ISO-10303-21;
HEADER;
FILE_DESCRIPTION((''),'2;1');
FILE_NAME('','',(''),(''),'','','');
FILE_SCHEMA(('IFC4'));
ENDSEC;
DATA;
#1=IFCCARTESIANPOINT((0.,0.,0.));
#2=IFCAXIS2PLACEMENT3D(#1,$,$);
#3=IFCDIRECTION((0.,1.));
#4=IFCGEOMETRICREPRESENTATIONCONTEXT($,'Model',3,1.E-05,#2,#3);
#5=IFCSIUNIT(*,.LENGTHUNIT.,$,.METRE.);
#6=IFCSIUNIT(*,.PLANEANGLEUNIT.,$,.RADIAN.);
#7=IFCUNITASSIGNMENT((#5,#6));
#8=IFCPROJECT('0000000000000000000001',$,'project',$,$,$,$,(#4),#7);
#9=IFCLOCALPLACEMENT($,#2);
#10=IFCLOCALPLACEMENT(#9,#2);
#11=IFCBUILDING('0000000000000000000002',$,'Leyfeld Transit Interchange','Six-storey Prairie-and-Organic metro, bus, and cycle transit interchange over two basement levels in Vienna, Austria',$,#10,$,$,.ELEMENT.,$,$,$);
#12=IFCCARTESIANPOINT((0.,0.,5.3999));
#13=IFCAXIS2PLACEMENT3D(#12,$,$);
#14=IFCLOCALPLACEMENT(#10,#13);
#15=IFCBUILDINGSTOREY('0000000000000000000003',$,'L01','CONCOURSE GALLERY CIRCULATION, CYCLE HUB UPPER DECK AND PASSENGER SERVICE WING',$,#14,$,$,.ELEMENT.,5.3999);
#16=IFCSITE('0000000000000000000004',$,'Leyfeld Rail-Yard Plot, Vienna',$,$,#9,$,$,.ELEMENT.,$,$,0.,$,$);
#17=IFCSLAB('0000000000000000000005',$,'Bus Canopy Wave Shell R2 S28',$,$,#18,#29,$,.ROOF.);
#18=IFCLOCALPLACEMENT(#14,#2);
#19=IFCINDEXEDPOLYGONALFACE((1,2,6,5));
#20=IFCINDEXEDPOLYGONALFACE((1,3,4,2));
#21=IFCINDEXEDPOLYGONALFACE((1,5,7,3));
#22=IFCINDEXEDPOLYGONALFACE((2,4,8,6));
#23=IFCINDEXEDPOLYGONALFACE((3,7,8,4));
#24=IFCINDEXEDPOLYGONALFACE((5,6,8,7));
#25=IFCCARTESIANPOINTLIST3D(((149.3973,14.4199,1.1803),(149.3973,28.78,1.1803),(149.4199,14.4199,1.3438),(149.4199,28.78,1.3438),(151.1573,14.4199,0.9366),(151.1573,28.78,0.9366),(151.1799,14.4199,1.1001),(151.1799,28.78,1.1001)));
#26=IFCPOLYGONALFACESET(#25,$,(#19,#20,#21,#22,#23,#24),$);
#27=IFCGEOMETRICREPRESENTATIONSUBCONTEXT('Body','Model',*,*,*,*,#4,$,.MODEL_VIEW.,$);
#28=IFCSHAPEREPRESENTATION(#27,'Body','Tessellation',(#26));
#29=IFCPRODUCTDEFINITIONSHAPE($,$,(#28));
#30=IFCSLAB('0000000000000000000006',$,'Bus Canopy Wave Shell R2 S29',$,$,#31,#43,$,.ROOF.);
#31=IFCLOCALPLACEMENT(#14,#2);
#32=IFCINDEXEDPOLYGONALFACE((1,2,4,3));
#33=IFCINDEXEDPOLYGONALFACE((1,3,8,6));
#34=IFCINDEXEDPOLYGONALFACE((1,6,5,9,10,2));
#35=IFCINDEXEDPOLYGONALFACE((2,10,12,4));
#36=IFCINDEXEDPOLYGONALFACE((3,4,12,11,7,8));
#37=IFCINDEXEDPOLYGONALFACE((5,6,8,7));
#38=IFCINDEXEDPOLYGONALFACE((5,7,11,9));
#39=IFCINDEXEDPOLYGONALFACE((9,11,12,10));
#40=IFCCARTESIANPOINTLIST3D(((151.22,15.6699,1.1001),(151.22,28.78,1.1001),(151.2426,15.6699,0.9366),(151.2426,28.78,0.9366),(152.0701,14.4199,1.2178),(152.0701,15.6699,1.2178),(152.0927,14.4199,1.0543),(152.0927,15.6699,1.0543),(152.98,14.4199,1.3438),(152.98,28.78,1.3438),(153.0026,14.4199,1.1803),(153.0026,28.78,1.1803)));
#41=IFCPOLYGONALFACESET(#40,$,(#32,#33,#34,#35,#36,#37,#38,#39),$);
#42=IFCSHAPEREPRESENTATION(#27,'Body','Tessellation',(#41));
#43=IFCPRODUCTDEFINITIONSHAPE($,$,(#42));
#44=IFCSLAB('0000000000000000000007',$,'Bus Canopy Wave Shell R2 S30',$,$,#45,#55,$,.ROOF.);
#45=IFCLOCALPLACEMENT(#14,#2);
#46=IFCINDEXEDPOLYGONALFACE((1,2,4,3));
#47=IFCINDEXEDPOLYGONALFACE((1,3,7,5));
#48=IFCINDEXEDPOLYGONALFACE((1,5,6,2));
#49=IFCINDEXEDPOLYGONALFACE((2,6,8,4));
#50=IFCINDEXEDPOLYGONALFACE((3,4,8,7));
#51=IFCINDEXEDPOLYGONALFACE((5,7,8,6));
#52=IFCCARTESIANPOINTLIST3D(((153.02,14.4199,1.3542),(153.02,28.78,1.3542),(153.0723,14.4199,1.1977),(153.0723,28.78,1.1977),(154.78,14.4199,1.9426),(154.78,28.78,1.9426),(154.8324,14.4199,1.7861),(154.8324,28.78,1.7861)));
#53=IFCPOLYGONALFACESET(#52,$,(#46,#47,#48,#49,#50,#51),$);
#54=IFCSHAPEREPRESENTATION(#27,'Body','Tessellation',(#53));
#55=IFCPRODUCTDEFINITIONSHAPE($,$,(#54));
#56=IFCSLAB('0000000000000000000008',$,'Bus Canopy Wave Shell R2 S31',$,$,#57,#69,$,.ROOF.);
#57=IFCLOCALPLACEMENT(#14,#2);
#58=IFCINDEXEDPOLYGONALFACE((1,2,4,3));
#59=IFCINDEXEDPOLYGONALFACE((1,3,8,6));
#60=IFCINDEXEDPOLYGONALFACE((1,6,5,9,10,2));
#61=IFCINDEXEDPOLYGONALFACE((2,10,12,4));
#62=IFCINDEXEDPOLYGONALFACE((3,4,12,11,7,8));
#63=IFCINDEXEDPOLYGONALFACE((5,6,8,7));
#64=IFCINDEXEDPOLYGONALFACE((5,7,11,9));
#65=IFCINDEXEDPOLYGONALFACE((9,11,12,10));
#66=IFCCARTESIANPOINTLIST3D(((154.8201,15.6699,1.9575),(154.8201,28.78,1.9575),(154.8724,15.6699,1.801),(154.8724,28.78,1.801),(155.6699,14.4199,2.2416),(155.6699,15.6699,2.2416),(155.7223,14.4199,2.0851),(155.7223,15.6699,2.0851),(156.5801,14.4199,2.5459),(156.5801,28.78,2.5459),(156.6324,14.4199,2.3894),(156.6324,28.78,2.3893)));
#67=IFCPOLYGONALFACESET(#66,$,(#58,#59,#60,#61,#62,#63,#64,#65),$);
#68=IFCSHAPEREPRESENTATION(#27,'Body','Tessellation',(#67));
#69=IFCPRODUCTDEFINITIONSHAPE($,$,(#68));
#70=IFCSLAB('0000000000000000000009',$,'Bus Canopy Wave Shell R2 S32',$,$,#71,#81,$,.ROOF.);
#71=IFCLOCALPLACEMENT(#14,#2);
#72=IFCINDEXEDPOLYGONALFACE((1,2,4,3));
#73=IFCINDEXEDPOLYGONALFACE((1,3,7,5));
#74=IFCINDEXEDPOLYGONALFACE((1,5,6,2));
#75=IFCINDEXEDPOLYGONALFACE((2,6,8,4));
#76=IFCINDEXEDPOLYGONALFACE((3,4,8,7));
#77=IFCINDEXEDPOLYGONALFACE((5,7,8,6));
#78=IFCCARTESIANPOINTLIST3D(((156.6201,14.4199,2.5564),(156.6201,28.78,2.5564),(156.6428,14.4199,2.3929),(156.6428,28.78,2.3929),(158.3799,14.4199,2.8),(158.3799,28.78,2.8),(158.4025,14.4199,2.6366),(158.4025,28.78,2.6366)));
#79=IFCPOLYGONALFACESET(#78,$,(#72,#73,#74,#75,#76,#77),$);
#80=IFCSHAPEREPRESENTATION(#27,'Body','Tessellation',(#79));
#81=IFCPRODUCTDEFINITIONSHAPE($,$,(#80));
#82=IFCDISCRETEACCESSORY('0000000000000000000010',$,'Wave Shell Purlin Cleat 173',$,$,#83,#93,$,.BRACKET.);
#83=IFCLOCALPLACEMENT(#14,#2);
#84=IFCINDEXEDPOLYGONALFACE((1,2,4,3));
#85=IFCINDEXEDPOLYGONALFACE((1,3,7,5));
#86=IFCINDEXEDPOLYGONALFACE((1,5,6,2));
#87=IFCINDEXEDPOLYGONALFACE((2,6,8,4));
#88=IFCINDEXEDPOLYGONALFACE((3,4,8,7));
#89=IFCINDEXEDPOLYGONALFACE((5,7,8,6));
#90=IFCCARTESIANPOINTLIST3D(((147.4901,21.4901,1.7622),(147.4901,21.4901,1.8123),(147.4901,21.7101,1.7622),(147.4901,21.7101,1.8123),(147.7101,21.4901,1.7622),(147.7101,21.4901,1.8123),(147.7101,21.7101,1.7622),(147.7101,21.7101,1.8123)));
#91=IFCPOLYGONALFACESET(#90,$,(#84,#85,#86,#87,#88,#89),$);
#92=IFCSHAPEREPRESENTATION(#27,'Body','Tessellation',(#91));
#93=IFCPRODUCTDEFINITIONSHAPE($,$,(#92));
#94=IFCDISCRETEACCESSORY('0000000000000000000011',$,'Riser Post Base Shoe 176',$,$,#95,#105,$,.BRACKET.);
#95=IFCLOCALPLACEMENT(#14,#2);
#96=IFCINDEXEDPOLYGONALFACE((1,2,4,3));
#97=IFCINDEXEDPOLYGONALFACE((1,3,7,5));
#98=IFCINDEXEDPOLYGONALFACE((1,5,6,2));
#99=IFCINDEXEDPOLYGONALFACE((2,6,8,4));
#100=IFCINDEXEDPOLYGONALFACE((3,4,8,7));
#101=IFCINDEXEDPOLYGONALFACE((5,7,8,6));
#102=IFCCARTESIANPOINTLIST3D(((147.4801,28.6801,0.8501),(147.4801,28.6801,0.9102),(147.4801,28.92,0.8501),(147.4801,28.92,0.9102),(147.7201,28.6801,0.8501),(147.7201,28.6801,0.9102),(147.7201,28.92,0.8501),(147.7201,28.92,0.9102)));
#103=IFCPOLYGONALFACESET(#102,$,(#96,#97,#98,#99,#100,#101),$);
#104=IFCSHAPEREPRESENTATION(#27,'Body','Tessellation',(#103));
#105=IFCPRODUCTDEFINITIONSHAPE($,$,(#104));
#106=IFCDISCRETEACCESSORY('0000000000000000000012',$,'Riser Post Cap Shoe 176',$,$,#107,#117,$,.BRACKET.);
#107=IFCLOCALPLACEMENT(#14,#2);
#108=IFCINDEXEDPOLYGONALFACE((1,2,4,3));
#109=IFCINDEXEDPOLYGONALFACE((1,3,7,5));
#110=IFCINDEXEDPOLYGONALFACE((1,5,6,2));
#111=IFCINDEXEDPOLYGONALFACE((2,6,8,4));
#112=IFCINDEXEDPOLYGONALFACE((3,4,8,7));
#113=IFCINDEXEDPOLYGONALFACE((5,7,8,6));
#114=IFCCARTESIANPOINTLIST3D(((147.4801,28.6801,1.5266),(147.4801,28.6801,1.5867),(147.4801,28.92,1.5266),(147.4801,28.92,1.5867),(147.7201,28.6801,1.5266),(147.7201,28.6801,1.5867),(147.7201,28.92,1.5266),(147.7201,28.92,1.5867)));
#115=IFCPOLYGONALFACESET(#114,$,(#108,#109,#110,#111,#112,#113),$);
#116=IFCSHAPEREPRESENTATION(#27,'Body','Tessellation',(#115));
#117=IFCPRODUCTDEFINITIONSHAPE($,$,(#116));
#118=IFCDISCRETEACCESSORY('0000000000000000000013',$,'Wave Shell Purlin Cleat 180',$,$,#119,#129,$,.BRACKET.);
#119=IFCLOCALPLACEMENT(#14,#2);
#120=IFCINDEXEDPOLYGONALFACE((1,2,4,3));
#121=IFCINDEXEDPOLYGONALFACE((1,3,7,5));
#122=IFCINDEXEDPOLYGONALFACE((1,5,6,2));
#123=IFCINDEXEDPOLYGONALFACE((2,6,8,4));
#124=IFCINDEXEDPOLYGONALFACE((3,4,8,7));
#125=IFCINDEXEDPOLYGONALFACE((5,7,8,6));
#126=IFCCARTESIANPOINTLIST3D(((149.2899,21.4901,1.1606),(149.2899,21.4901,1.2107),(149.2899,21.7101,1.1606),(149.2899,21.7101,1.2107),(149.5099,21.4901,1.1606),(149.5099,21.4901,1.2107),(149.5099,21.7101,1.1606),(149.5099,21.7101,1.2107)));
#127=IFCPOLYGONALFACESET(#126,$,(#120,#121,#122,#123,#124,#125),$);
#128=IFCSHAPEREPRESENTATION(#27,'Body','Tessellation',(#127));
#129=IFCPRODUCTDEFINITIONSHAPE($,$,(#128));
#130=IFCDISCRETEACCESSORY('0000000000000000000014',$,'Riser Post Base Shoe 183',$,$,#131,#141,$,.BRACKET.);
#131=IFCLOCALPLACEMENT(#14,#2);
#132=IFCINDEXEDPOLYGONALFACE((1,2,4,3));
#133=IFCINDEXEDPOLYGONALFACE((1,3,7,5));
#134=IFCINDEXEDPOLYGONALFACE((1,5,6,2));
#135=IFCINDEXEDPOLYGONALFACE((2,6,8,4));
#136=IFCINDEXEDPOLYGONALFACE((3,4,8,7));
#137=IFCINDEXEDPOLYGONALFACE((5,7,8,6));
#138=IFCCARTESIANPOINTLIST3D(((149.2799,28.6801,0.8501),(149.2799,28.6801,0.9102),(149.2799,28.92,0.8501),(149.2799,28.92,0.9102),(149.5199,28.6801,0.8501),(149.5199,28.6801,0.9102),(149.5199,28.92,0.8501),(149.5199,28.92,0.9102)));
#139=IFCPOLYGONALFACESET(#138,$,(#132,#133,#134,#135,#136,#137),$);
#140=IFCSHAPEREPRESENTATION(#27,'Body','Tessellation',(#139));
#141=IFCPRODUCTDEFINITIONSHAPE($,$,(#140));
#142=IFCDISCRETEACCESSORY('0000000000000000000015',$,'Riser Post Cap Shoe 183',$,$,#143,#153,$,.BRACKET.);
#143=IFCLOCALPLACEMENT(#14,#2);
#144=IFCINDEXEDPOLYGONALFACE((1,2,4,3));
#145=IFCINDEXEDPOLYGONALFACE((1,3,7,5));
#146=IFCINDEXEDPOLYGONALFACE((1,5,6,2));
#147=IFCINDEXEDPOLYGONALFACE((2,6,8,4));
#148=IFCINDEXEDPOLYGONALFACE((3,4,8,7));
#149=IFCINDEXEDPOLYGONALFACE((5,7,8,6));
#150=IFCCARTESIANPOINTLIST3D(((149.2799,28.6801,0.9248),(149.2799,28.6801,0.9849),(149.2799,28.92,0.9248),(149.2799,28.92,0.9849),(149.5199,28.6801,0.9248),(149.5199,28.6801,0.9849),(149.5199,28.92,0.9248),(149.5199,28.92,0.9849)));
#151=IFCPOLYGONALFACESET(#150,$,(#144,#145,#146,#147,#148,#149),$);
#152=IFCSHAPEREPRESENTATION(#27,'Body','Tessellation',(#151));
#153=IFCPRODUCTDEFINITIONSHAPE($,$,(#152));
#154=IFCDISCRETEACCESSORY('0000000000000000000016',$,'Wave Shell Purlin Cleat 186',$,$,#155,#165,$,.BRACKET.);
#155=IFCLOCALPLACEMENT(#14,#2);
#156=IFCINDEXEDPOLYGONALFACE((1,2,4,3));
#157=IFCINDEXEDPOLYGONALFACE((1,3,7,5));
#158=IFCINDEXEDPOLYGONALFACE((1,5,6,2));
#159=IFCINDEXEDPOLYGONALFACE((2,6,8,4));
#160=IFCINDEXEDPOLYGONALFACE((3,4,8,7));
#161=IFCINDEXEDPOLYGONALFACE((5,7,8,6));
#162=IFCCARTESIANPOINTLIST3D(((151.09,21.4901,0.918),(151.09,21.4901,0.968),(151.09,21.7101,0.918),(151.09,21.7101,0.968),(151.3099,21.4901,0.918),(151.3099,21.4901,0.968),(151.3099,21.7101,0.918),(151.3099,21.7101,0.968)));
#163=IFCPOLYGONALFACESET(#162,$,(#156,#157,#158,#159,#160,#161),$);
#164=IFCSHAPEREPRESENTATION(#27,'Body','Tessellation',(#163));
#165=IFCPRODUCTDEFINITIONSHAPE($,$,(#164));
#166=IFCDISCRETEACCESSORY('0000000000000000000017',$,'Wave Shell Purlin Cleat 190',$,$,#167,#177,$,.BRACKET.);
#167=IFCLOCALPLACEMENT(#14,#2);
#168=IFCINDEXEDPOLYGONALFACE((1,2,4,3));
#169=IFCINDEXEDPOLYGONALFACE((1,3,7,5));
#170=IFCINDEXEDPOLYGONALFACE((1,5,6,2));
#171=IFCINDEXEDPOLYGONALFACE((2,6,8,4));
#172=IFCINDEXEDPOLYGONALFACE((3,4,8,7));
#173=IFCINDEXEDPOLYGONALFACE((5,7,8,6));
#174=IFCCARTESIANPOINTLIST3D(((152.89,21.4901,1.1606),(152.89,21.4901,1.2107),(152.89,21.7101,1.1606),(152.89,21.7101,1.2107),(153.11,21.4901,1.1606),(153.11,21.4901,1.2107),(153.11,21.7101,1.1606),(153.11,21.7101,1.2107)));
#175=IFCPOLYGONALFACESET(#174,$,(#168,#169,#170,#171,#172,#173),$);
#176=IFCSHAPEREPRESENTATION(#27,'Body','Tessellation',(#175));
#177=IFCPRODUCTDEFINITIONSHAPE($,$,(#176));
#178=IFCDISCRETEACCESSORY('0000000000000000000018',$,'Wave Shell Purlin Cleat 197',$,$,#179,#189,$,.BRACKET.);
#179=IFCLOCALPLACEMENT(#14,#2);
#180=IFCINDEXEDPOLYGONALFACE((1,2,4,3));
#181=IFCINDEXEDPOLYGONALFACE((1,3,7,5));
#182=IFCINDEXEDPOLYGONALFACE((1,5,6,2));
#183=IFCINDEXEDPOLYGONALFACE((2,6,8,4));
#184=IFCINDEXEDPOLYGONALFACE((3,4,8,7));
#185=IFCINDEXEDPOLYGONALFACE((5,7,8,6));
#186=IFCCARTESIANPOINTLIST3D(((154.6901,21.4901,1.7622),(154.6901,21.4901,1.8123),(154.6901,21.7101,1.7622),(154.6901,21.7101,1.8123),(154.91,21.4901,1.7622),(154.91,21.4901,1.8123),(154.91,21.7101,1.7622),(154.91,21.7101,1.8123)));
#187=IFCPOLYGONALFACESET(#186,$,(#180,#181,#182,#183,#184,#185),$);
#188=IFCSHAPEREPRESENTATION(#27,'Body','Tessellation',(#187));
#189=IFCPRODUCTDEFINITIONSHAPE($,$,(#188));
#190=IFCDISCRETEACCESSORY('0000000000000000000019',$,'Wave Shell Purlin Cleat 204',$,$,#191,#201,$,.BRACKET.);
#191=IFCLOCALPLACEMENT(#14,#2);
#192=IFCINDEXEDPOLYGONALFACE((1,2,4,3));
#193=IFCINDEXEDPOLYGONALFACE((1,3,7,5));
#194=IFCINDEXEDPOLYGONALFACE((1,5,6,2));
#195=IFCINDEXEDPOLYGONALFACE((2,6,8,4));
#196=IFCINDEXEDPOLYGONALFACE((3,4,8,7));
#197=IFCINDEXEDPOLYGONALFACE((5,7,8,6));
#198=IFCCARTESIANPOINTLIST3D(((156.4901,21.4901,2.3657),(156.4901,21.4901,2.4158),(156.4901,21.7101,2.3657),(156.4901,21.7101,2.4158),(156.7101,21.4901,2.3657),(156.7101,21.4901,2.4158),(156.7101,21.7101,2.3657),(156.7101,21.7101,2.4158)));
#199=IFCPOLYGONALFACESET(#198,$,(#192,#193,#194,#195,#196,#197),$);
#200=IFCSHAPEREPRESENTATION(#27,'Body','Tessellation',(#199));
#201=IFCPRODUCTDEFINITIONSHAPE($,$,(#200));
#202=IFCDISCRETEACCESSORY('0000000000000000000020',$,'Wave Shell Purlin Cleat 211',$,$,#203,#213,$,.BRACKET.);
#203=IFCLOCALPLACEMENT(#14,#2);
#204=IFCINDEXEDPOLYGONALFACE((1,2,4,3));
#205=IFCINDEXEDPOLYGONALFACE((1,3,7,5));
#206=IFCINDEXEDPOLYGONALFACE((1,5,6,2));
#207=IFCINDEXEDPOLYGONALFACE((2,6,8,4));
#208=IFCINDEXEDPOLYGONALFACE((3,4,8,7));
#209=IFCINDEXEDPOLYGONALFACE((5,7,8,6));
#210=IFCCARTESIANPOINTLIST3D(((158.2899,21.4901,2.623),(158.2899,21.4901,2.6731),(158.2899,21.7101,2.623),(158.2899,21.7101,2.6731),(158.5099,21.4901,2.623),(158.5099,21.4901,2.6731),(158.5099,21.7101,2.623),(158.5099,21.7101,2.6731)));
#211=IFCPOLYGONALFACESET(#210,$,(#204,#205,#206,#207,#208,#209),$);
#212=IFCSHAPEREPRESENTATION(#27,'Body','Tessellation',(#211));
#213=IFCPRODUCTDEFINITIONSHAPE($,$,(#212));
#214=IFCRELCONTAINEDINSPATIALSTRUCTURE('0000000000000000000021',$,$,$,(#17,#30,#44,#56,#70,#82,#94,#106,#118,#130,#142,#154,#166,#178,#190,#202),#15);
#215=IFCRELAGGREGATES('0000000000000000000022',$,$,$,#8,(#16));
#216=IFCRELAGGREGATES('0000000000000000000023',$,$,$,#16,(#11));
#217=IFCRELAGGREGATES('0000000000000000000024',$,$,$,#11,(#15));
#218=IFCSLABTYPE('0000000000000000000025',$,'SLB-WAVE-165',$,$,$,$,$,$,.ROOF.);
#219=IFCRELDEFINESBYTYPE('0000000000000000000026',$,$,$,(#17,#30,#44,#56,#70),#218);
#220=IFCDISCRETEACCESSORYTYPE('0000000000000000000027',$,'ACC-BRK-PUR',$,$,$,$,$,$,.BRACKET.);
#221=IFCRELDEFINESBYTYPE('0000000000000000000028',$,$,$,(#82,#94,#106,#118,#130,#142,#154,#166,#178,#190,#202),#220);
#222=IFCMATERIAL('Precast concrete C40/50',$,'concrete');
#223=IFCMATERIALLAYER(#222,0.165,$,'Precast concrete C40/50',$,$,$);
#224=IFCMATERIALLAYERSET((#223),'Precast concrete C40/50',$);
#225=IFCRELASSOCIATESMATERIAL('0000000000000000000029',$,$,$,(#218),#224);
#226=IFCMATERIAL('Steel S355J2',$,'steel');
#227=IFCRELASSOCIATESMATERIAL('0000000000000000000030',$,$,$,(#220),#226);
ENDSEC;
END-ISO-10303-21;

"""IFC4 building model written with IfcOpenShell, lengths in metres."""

from ifc_helpers import new_model, si_unit, direction, frame, origin, origin_2d, place, context, subcontext, project, spatial, polyline, rectangle, outline, extrude, material, layer, layer_set, type_object, element, save


model = new_model("IFC4")

# Units and contexts
model_context = context("Model", 3, precision=1e-05, world=origin(), true_north=direction((0.0, 1.0)))
body_context = subcontext(model_context, "Body", "Model", "MODEL_VIEW")
ifc_project = project(units=[si_unit("LENGTHUNIT", "METRE"), si_unit("PLANEANGLEUNIT", "RADIAN")], contexts=[model_context])

# Site, building, storey
site_placement = place(None, origin())
site = spatial("IfcSite", under=ifc_project, at=site_placement, Name="Leyfeld Rail-Yard Plot, Vienna", CompositionType="ELEMENT", RefElevation=0.0)
building_placement = place(site_placement, origin())
building = spatial("IfcBuilding", under=site, at=building_placement, Name="Leyfeld Transit Interchange", Description="Six-storey Prairie-and-Organic metro, bus, and cycle transit interchange over two basement levels in Vienna, Austria", CompositionType="ELEMENT")
storey_placement = place(building_placement, frame((0.0, 0.0, 5.3999)))
storey = spatial("IfcBuildingStorey", under=building, at=storey_placement, Name="L01", Description="CONCOURSE GALLERY CIRCULATION, CYCLE HUB UPPER DECK AND PASSENGER SERVICE WING", CompositionType="ELEMENT", Elevation=5.3999)

# Shared definitions
ifc_material_1 = material(Name="Steel S355J2", Category="steel")

# Slabs
ifc_material_2 = material(Name="Precast concrete C40/50", Category="concrete")
ifc_layer = layer(ifc_material_2, 0.165, Name="Precast concrete C40/50")
ifc_layer_set = layer_set([ifc_layer], Name="Precast concrete C40/50")
slab_type = type_object("IfcSlabType", Name="SLB-WAVE-165", PredefinedType="ROOF", material=ifc_layer_set)
slab_1_placement = place(storey_placement, frame((149.4199, 14.4199, 1.3438), z_axis=(0.13713, 0.0, 0.990553), x_axis=(0.990553, 0.0, -0.13713)))
element("IfcSlab", 1, at=slab_1_placement, inside=storey, type_object=slab_type, Name="Bus Canopy Wave Shell R2 S28", PredefinedType="ROOF", context=body_context, shape_type="SweptSolid", body=[
    extrude(outline(polyline([(0.0, 0.0), (1.7768, 0.0), (1.7768, 14.3601), (0.0, 14.3601), (0.0, 0.0)])), origin(), (0.0, 0.0, -1.0), 0.165),
])
slab_2_placement = place(storey_placement, frame((151.22, 15.6699, 1.1001), z_axis=(-0.137131, 0.0, 0.990553), x_axis=(0.990553, 0.0, 0.137131)))
element("IfcSlab", 2, at=slab_2_placement, inside=storey, type_object=slab_type, Name="Bus Canopy Wave Shell R2 S29", PredefinedType="ROOF", context=body_context, shape_type="SweptSolid", body=[
    extrude(outline(polyline([(0.0, 0.0), (0.8582, 0.0), (0.8582, -1.25), (1.7768, -1.25), (1.7768, 13.1101), (0.0, 13.1101), (0.0, 0.0)])), origin(), (0.0, 0.0, -1.0), 0.165),
])
slab_3_placement = place(storey_placement, frame((153.02, 14.4199, 1.3542), z_axis=(-0.317056, 0.0, 0.948407), x_axis=(0.948407, 0.0, 0.317056)))
element("IfcSlab", 3, at=slab_3_placement, inside=storey, type_object=slab_type, Name="Bus Canopy Wave Shell R2 S30", PredefinedType="ROOF", context=body_context, shape_type="SweptSolid", body=[
    extrude(outline(polyline([(0.0, 0.0), (1.8558, 0.0), (1.8558, 14.3601), (0.0, 14.3601), (0.0, 0.0)])), origin(), (0.0, 0.0, -1.0), 0.165),
])
slab_4_placement = place(storey_placement, frame((154.8201, 15.6699, 1.9575), z_axis=(-0.317053, 0.000002, 0.948408), x_axis=(0.948408, 0.0, 0.317053)))
element("IfcSlab", 4, at=slab_4_placement, inside=storey, type_object=slab_type, Name="Bus Canopy Wave Shell R2 S31", PredefinedType="ROOF", context=body_context, shape_type="SweptSolid", body=[
    extrude(outline(polyline([(0.0, 0.0), (0.8961, 0.0), (0.8961, -1.25), (1.8558, -1.25), (1.8558, 13.1101), (0.0, 13.1101), (0.0, 0.0)])), origin(), (0.0, 0.0, -1.0), 0.165),
])
slab_5_placement = place(storey_placement, frame((156.6201, 14.4199, 2.5564), z_axis=(-0.137149, 0.0, 0.99055), x_axis=(0.99055, 0.0, 0.137149)))
element("IfcSlab", 5, at=slab_5_placement, inside=storey, type_object=slab_type, Name="Bus Canopy Wave Shell R2 S32", PredefinedType="ROOF", context=body_context, shape_type="SweptSolid", body=[
    extrude(outline(polyline([(0.0, 0.0), (1.7766, 0.0), (1.7766, 14.3601), (0.0, 14.3601), (0.0, 0.0)])), origin(), (0.0, 0.0, -1.0), 0.165),
])

# Discrete accessories
discrete_accessory_type = type_object("IfcDiscreteAccessoryType", Name="ACC-BRK-PUR", PredefinedType="BRACKET", material=ifc_material_1)
discrete_accessory_1_placement = place(storey_placement, frame((147.6001, 21.6001, 1.7622), z_axis=(0.0, 0.0, 1.0), x_axis=(1.0, 0.0, 0.0)))
element("IfcDiscreteAccessory", 6, at=discrete_accessory_1_placement, inside=storey, type_object=discrete_accessory_type, Name="Wave Shell Purlin Cleat 173", PredefinedType="BRACKET", context=body_context, shape_type="SweptSolid", body=[
    extrude(rectangle(XDim=0.22, YDim=0.22, at=origin_2d()), origin(), (0.0, 0.0, 1.0), 0.05),
])
for number, where, z_axis, x_axis, name in (
    (7, (147.6001, 28.8, 0.8501), (0.0, 0.0, 1.0), (1.0, 0.0, 0.0), "Riser Post Base Shoe 176"),
    (8, (147.6001, 28.8, 1.5266), (0.0, 0.0, 1.0), (1.0, 0.0, 0.0), "Riser Post Cap Shoe 176"),
):
    element("IfcDiscreteAccessory", number, at=place(storey_placement, frame(where, z_axis=z_axis, x_axis=x_axis)), inside=storey, type_object=discrete_accessory_type, Name=name, PredefinedType="BRACKET", context=body_context, shape_type="SweptSolid", body=[
        extrude(rectangle(XDim=0.24, YDim=0.24, at=origin_2d()), origin(), (0.0, 0.0, 1.0), 0.0601),
    ])
discrete_accessory_2_placement = place(storey_placement, frame((149.3999, 21.6001, 1.1606), z_axis=(0.0, 0.0, 1.0), x_axis=(1.0, 0.0, 0.0)))
element("IfcDiscreteAccessory", 9, at=discrete_accessory_2_placement, inside=storey, type_object=discrete_accessory_type, Name="Wave Shell Purlin Cleat 180", PredefinedType="BRACKET", context=body_context, shape_type="SweptSolid", body=[
    extrude(rectangle(XDim=0.22, YDim=0.22, at=origin_2d()), origin(), (0.0, 0.0, 1.0), 0.05),
])
for number, where, z_axis, x_axis, name in (
    (10, (149.3999, 28.8, 0.8501), (0.0, 0.0, 1.0), (1.0, 0.0, 0.0), "Riser Post Base Shoe 183"),
    (11, (149.3999, 28.8, 0.9248), (0.0, 0.0, 1.0), (1.0, 0.0, 0.0), "Riser Post Cap Shoe 183"),
):
    element("IfcDiscreteAccessory", number, at=place(storey_placement, frame(where, z_axis=z_axis, x_axis=x_axis)), inside=storey, type_object=discrete_accessory_type, Name=name, PredefinedType="BRACKET", context=body_context, shape_type="SweptSolid", body=[
        extrude(rectangle(XDim=0.24, YDim=0.24, at=origin_2d()), origin(), (0.0, 0.0, 1.0), 0.0601),
    ])
for number, where, z_axis, x_axis, name in (
    (12, (151.2, 21.6001, 0.918), (0.0, 0.0, 1.0), (1.0, 0.0, 0.0), "Wave Shell Purlin Cleat 186"),
    (13, (153.0, 21.6001, 1.1606), (0.0, 0.0, 1.0), (1.0, 0.0, 0.0), "Wave Shell Purlin Cleat 190"),
    (14, (154.8, 21.6001, 1.7622), (0.0, 0.0, 1.0), (1.0, 0.0, 0.0), "Wave Shell Purlin Cleat 197"),
    (15, (156.6001, 21.6001, 2.3657), (0.0, 0.0, 1.0), (1.0, 0.0, 0.0), "Wave Shell Purlin Cleat 204"),
    (16, (158.3999, 21.6001, 2.623), (0.0, 0.0, 1.0), (1.0, 0.0, 0.0), "Wave Shell Purlin Cleat 211"),
):
    element("IfcDiscreteAccessory", number, at=place(storey_placement, frame(where, z_axis=z_axis, x_axis=x_axis)), inside=storey, type_object=discrete_accessory_type, Name=name, PredefinedType="BRACKET", context=body_context, shape_type="SweptSolid", body=[
        extrude(rectangle(XDim=0.22, YDim=0.22, at=origin_2d()), origin(), (0.0, 0.0, 1.0), 0.05),
    ])

save(model, "model.ifc")
